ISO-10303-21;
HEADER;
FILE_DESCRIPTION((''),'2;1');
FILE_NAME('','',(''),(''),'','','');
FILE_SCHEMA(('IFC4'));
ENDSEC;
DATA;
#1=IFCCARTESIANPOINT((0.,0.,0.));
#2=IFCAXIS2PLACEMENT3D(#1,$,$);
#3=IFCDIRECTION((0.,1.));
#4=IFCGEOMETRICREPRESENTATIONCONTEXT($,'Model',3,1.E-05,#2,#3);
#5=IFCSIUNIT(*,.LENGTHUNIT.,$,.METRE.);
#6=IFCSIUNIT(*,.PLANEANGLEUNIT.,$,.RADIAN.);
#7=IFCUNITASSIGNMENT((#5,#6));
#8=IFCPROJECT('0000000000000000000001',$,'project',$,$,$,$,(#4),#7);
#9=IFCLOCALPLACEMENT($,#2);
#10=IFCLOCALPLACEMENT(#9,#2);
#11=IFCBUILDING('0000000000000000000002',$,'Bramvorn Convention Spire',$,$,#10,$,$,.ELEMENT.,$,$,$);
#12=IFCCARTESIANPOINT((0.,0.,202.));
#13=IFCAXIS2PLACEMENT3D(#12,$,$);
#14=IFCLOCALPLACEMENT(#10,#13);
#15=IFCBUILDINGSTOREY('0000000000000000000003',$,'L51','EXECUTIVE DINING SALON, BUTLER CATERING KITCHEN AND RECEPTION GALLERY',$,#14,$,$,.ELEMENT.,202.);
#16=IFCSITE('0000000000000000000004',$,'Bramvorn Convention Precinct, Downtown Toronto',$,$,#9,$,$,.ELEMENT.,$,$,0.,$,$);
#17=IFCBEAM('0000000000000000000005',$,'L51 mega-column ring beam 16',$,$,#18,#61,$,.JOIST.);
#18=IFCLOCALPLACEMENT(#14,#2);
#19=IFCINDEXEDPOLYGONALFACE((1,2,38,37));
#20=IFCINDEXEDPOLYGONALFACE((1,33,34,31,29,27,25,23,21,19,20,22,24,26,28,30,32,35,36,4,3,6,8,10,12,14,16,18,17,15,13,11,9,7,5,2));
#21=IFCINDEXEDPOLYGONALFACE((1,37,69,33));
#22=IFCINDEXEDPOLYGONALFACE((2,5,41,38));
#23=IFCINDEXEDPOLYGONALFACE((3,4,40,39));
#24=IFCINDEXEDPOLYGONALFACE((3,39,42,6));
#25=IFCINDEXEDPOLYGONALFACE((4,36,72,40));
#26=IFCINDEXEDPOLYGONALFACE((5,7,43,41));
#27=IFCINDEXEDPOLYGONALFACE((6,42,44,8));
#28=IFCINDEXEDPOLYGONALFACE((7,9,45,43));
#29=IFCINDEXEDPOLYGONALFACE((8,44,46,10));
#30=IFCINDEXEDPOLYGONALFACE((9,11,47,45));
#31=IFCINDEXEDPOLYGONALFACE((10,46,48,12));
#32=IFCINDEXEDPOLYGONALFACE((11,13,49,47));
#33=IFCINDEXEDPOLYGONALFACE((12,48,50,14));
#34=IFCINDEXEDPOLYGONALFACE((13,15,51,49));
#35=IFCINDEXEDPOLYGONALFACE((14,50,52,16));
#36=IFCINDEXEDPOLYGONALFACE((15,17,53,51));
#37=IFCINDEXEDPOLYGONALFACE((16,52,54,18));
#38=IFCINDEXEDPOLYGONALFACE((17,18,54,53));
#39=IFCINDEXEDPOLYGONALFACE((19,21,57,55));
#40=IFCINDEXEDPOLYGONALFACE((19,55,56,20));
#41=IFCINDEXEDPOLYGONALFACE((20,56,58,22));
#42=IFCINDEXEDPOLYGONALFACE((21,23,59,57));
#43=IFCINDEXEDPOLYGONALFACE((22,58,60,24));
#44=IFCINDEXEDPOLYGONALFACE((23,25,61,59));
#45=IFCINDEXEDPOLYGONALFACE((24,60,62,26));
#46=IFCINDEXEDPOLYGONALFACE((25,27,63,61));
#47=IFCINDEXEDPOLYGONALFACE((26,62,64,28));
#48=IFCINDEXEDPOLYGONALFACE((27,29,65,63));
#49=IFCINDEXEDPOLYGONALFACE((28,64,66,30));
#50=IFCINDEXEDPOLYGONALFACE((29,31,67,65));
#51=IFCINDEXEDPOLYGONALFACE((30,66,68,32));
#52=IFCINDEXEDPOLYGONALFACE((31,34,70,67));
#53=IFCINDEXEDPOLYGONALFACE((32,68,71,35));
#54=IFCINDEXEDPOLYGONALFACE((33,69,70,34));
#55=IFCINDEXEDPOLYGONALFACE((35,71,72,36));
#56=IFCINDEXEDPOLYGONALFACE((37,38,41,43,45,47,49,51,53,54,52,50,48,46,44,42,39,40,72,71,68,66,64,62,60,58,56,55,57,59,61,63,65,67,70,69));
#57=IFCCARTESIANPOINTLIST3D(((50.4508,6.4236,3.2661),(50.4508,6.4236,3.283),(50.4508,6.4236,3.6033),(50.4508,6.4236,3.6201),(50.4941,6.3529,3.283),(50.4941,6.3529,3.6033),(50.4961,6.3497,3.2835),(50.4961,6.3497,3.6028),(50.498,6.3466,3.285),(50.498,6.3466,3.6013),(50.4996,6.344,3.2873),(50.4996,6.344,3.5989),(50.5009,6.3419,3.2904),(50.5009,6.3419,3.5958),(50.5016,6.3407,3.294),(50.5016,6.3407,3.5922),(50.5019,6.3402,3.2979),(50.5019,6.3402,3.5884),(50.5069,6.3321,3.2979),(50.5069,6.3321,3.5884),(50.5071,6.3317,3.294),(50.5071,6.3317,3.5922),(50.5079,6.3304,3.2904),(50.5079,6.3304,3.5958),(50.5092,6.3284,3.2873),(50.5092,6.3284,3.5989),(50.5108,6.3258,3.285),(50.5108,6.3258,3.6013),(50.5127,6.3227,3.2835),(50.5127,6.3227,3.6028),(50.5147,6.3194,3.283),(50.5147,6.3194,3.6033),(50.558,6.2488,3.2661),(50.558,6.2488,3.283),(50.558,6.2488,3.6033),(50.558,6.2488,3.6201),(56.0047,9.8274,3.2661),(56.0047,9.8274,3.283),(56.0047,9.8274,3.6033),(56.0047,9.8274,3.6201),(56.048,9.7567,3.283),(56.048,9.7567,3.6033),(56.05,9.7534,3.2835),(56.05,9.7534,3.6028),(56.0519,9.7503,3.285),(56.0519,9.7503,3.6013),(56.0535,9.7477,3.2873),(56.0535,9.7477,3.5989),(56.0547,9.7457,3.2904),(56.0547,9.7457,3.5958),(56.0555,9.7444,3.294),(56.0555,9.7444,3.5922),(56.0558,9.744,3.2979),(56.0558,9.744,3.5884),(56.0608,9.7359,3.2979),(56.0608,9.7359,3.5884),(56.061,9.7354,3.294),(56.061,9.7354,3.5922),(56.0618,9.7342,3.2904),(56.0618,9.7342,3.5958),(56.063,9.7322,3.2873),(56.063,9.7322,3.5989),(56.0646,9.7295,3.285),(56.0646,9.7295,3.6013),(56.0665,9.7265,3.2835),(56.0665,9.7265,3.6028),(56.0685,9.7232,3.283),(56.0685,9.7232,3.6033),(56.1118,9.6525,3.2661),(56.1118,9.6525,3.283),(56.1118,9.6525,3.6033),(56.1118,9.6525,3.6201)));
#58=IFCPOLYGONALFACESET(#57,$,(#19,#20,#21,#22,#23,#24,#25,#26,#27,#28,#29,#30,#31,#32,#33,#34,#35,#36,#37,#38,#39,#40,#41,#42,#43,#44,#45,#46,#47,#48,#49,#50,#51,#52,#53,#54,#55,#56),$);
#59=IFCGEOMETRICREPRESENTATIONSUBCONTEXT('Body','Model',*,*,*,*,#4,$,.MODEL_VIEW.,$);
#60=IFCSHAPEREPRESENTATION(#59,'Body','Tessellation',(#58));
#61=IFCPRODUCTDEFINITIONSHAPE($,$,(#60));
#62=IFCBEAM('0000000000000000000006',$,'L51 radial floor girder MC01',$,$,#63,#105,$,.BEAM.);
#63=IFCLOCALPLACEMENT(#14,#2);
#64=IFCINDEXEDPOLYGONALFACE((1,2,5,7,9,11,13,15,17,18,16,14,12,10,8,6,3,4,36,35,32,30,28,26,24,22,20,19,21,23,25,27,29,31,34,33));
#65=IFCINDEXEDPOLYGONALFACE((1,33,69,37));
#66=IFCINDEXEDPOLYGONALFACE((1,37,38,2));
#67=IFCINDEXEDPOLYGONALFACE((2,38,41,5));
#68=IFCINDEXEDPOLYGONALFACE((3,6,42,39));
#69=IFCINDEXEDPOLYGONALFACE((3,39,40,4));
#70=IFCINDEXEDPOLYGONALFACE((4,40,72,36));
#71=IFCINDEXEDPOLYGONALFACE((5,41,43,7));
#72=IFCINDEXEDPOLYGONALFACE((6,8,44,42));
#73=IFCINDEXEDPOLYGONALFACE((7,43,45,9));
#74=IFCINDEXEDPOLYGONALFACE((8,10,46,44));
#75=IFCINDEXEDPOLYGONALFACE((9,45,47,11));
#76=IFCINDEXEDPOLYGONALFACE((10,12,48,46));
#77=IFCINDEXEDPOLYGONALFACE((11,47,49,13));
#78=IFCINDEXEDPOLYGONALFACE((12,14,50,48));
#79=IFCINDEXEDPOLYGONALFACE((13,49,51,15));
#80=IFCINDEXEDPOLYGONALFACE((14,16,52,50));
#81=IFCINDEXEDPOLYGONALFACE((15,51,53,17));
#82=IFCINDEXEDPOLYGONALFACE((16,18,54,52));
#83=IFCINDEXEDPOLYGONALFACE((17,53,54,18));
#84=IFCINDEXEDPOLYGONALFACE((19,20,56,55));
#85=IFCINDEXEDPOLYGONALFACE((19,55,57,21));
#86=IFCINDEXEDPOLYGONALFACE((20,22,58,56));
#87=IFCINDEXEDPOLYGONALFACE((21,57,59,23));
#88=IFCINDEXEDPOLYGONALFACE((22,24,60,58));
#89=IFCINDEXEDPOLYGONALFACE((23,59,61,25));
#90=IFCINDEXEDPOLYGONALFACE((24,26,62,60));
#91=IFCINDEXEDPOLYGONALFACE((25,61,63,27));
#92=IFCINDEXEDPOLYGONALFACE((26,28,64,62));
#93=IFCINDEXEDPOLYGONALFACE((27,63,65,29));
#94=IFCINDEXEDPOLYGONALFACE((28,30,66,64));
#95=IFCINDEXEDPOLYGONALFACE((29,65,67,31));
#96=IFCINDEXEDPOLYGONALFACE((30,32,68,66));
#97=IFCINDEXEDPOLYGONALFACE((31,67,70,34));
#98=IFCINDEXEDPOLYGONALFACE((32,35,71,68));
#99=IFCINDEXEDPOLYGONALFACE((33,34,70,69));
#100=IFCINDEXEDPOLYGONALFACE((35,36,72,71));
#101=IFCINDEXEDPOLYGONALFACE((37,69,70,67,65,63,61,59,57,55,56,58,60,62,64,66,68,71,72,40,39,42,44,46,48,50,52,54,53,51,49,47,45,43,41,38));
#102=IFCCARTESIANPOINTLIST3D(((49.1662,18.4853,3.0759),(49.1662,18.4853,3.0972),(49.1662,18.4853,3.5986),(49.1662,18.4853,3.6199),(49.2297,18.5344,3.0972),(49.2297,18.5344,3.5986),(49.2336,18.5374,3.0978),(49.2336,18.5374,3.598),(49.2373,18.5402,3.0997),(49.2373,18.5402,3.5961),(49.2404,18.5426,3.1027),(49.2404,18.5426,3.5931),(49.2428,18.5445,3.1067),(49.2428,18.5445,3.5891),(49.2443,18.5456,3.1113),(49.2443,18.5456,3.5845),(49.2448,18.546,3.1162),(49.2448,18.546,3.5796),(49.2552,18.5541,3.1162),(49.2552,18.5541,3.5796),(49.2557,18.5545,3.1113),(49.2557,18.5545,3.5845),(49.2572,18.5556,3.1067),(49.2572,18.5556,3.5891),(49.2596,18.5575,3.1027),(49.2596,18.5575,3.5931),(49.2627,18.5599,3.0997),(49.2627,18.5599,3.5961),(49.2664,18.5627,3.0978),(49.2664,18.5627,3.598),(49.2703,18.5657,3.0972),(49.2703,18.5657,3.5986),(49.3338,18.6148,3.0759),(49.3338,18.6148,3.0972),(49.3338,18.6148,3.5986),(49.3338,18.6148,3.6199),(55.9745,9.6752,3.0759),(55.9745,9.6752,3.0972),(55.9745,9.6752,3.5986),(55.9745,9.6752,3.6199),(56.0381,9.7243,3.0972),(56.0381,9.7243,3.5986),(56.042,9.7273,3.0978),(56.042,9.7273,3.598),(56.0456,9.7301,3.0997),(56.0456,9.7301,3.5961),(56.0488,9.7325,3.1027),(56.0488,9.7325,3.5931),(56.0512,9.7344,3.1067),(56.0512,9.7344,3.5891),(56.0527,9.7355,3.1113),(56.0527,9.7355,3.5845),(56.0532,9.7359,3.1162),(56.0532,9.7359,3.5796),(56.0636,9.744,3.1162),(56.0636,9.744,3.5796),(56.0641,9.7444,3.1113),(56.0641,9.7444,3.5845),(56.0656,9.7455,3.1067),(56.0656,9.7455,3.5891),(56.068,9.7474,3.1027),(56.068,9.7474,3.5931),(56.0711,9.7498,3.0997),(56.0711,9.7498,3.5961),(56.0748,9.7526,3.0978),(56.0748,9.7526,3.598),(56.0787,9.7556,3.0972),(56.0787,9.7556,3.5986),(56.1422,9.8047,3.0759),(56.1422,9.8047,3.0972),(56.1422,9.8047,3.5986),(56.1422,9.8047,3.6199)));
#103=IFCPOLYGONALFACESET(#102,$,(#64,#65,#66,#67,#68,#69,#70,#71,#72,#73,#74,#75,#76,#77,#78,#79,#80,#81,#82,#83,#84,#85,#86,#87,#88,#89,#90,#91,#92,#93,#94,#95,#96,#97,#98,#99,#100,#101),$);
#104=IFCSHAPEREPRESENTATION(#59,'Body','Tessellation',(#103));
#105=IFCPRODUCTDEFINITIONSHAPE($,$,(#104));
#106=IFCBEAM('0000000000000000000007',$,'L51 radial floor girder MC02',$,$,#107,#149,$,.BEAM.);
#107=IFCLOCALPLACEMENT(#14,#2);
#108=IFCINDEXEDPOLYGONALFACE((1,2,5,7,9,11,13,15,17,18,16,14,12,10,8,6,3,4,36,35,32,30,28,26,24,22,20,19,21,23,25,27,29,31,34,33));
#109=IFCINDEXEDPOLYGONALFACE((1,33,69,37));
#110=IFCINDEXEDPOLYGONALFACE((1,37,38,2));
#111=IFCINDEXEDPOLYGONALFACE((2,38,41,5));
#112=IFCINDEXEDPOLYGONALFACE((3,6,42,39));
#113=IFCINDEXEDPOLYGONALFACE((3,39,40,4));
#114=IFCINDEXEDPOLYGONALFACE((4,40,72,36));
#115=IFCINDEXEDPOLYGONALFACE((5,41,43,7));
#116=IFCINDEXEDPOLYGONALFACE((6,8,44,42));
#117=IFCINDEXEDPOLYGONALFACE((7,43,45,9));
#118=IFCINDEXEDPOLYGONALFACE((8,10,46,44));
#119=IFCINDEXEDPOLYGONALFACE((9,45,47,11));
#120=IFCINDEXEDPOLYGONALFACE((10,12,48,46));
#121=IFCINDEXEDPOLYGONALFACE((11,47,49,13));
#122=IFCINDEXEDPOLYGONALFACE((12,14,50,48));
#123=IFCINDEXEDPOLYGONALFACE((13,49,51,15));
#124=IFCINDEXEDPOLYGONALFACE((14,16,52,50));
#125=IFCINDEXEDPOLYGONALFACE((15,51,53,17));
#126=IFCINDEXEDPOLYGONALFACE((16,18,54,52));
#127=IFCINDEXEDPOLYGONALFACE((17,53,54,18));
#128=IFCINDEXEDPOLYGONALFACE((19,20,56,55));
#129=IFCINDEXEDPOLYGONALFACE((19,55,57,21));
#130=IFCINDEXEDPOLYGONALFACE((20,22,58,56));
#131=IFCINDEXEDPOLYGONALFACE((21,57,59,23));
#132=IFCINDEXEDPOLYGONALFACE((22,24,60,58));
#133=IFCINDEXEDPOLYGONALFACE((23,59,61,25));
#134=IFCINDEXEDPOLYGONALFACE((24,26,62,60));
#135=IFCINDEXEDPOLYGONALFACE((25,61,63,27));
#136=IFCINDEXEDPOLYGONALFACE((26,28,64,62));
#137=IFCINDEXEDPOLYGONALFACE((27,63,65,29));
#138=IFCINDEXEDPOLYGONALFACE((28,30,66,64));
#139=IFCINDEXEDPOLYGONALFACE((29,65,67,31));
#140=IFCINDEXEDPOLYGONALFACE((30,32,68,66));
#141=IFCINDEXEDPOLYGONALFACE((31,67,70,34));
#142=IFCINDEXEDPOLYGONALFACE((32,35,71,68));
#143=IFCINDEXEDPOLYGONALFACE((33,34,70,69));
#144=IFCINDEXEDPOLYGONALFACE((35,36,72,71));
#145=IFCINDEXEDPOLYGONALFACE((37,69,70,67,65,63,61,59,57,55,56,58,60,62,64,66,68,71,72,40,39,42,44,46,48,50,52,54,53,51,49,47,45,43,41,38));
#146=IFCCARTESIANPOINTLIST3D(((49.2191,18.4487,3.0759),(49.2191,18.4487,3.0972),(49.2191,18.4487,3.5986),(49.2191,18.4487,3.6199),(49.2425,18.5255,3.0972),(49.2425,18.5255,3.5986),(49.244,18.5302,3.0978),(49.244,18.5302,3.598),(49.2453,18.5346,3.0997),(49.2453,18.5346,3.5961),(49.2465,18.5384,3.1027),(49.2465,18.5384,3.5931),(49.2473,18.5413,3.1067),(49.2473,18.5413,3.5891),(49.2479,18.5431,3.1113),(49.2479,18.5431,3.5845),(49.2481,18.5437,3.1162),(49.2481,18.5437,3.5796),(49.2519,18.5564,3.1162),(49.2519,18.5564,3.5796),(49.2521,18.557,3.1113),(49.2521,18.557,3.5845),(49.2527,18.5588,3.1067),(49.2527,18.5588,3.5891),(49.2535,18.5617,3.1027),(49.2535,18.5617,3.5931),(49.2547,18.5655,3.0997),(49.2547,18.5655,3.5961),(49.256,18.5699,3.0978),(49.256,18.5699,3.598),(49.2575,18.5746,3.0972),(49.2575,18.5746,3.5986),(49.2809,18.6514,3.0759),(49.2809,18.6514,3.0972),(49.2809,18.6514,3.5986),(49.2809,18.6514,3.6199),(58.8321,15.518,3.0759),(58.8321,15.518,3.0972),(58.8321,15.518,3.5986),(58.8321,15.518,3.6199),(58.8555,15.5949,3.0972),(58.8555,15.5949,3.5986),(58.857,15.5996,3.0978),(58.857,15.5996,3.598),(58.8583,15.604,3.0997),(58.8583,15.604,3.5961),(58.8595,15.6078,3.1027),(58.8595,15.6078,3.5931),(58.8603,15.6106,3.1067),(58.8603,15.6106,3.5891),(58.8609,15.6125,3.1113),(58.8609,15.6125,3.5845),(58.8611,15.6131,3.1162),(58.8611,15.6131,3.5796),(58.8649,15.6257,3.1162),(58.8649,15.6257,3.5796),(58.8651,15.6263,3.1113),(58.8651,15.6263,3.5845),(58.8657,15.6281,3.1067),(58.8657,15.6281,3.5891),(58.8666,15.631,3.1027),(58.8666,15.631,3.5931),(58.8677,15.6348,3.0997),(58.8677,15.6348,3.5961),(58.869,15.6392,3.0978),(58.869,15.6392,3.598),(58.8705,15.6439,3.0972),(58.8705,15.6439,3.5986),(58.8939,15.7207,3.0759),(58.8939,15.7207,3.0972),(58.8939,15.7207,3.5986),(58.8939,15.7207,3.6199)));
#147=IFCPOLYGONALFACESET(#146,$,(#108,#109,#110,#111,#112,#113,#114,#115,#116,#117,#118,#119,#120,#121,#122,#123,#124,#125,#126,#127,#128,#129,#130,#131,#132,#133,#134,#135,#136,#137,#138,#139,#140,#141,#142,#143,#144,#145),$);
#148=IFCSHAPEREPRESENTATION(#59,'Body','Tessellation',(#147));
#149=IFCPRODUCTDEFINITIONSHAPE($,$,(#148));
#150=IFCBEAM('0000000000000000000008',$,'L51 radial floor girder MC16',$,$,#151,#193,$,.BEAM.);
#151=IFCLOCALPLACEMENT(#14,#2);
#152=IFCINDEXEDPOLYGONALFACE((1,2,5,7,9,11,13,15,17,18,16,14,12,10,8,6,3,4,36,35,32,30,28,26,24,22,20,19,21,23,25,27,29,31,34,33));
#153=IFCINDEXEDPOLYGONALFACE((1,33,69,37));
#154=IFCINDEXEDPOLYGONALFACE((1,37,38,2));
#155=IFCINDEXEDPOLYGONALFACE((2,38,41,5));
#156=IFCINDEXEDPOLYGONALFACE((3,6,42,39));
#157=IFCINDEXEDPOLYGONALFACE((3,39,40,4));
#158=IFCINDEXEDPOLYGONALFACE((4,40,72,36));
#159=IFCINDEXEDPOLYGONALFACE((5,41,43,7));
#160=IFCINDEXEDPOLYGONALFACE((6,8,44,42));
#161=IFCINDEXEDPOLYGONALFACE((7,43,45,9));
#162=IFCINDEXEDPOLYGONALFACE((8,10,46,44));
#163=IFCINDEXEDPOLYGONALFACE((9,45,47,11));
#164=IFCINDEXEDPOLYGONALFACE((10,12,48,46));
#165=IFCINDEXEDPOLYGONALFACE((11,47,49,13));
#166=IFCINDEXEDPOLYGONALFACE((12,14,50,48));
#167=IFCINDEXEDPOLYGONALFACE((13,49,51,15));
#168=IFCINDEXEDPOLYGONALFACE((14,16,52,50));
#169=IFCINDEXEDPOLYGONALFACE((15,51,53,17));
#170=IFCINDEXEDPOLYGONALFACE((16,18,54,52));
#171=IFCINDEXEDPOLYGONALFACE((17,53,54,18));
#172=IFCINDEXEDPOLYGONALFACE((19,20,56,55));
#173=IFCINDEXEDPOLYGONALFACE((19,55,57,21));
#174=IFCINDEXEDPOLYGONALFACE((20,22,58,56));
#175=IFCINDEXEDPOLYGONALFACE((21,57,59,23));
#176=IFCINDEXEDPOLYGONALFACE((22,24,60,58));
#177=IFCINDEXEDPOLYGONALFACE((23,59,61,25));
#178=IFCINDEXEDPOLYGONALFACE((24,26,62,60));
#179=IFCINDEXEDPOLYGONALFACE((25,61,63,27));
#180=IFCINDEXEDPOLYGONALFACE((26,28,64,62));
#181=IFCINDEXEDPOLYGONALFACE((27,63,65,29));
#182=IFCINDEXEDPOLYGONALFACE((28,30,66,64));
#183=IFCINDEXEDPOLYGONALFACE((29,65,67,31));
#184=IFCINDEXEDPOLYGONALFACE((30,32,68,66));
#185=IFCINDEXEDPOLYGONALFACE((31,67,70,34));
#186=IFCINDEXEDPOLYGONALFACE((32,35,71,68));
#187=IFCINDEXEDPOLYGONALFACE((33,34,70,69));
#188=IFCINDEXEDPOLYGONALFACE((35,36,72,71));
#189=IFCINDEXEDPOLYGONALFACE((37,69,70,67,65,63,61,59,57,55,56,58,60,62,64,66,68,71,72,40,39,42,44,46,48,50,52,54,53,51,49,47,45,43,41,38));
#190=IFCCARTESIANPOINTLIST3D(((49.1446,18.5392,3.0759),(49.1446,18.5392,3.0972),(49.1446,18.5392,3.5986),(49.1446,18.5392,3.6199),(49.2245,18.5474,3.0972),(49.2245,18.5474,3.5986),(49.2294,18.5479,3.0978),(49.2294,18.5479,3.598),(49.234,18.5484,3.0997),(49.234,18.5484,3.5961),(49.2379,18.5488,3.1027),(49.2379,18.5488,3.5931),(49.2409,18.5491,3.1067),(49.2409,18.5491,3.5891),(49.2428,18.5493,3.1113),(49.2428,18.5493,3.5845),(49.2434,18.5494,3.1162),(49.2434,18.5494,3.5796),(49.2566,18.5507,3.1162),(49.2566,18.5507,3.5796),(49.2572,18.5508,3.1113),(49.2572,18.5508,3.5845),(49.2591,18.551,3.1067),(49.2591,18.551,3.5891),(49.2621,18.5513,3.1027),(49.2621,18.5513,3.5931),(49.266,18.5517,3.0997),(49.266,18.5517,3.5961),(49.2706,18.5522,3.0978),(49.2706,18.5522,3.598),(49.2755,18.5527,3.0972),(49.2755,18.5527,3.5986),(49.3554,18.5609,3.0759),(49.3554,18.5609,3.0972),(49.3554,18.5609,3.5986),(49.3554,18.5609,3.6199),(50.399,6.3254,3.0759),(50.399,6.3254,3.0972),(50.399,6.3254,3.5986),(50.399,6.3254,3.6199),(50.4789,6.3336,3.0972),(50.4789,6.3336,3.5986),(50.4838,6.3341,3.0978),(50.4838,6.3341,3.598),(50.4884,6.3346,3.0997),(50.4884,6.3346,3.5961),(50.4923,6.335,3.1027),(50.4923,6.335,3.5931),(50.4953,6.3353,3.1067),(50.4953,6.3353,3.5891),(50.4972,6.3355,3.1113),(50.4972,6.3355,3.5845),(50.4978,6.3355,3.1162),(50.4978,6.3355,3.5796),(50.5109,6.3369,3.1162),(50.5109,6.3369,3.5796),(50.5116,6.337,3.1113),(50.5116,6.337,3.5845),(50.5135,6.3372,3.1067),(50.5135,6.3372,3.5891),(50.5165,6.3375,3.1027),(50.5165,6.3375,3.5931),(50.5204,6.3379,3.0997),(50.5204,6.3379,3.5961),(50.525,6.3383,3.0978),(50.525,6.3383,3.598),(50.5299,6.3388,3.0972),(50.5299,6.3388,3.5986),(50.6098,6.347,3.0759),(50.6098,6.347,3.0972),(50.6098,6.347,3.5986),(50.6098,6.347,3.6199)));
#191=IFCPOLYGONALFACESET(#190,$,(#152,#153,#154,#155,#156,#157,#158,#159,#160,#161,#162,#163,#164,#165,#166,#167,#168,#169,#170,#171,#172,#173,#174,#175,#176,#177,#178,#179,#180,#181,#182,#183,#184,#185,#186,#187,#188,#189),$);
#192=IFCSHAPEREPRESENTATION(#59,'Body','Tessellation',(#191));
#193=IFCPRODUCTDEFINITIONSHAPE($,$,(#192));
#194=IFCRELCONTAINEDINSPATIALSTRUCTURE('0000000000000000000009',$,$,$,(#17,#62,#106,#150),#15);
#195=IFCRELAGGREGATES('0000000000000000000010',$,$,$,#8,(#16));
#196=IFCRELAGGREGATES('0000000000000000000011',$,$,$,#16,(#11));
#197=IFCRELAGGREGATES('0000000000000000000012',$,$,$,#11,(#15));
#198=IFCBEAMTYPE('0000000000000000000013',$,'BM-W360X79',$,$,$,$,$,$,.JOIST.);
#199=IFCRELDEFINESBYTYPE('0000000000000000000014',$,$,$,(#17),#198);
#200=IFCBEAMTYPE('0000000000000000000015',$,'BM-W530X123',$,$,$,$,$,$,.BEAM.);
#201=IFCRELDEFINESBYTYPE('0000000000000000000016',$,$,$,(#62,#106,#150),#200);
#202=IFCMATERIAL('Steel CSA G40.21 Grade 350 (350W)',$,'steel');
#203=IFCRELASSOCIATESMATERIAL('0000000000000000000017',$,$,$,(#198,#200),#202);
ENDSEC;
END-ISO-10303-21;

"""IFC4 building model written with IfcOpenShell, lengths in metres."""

from ifc_helpers import new_model, si_unit, direction, frame, origin, origin_2d, place, context, subcontext, project, spatial, i_section, extrude, material, material_profile, profile_set, type_object, element, save


model = new_model("IFC4")

# Units and contexts
model_context = context("Model", 3, precision=1e-05, world=origin(), true_north=direction((0.0, 1.0)))
body_context = subcontext(model_context, "Body", "Model", "MODEL_VIEW")
ifc_project = project(units=[si_unit("LENGTHUNIT", "METRE"), si_unit("PLANEANGLEUNIT", "RADIAN")], contexts=[model_context])

# Site, building, storey
site_placement = place(None, origin())
site = spatial("IfcSite", under=ifc_project, at=site_placement, Name="Bramvorn Convention Precinct, Downtown Toronto", CompositionType="ELEMENT", RefElevation=0.0)
building_placement = place(site_placement, origin())
building = spatial("IfcBuilding", under=site, at=building_placement, Name="Bramvorn Convention Spire", CompositionType="ELEMENT")
storey_placement = place(building_placement, frame((0.0, 0.0, 202.0)))
storey = spatial("IfcBuildingStorey", under=building, at=storey_placement, Name="L51", Description="EXECUTIVE DINING SALON, BUTLER CATERING KITCHEN AND RECEPTION GALLERY", CompositionType="ELEMENT", Elevation=202.0)

# Shared definitions
ifc_material_1 = material(Name="Steel CSA G40.21 Grade 350 (350W)", Category="steel")

# Beams
ifc_material_profile_1 = material_profile(ifc_material_1, i_section(OverallWidth=0.2051, OverallDepth=0.354, WebThickness=0.0095, FlangeThickness=0.0168, FilletRadius=0.0149, at=origin_2d()))
ifc_profile_set_1 = profile_set([ifc_material_profile_1], Name="Steel CSA G40.21 Grade 350 (350W) - W360X79")
beam_type_1 = type_object("IfcBeamType", Name="BM-W360X79", PredefinedType="JOIST", material=ifc_profile_set_1)
beam_1_placement = place(storey_placement, frame((50.5044, 6.3362, 3.4431), z_axis=(0.852617, 0.522537, 0.0), x_axis=(-0.522537, 0.852617, 0.0)))
element("IfcBeam", 1, at=beam_1_placement, inside=storey, type_object=beam_type_1, Name="L51 mega-column ring beam 16", PredefinedType="JOIST", context=body_context, shape_type="SweptSolid", body=[
    extrude(i_section(OverallWidth=0.2051, OverallDepth=0.354, WebThickness=0.0095, FlangeThickness=0.0168, FilletRadius=0.0149, at=origin_2d()), origin(), (0.0, 0.0, 1.0), 6.5139),
])
ifc_material_profile_2 = material_profile(ifc_material_1, i_section(OverallWidth=0.2119, OverallDepth=0.5439, WebThickness=0.0132, FlangeThickness=0.0212, FilletRadius=0.019, at=origin_2d()))
ifc_profile_set_2 = profile_set([ifc_material_profile_2], Name="Steel CSA G40.21 Grade 350 (350W) - W530X123")
beam_type_2 = type_object("IfcBeamType", Name="BM-W530X123", PredefinedType="BEAM", material=ifc_profile_set_2)
beam_2_placement = place(storey_placement, frame((49.25, 18.55, 3.3479), z_axis=(0.61148, -0.79126, 0.0), x_axis=(0.79126, 0.61148, 0.0)))
element("IfcBeam", 2, at=beam_2_placement, inside=storey, type_object=beam_type_2, Name="L51 radial floor girder MC01", PredefinedType="BEAM", context=body_context, shape_type="SweptSolid", body=[
    extrude(i_section(OverallWidth=0.2119, OverallDepth=0.5439, WebThickness=0.0132, FlangeThickness=0.0212, FilletRadius=0.019, at=origin_2d()), origin(), (0.0, 0.0, 1.0), 11.1343),
])
beam_3_placement = place(storey_placement, frame((49.25, 18.55, 3.3479), z_axis=(0.956536, -0.291613, 0.0), x_axis=(0.291613, 0.956536, 0.0)))
element("IfcBeam", 3, at=beam_3_placement, inside=storey, type_object=beam_type_2, Name="L51 radial floor girder MC02", PredefinedType="BEAM", context=body_context, shape_type="SweptSolid", body=[
    extrude(i_section(OverallWidth=0.2119, OverallDepth=0.5439, WebThickness=0.0132, FlangeThickness=0.0212, FilletRadius=0.019, at=origin_2d()), origin(), (0.0, 0.0, 1.0), 10.0498),
])
beam_4_placement = place(storey_placement, frame((49.25, 18.55, 3.3479), z_axis=(0.102165, -0.994767, 0.0), x_axis=(0.994767, 0.102165, 0.0)))
element("IfcBeam", 4, at=beam_4_placement, inside=storey, type_object=beam_type_2, Name="L51 radial floor girder MC16", PredefinedType="BEAM", context=body_context, shape_type="SweptSolid", body=[
    extrude(i_section(OverallWidth=0.2119, OverallDepth=0.5439, WebThickness=0.0132, FlangeThickness=0.0212, FilletRadius=0.019, at=origin_2d()), origin(), (0.0, 0.0, 1.0), 12.2781),
])

save(model, "model.ifc")
